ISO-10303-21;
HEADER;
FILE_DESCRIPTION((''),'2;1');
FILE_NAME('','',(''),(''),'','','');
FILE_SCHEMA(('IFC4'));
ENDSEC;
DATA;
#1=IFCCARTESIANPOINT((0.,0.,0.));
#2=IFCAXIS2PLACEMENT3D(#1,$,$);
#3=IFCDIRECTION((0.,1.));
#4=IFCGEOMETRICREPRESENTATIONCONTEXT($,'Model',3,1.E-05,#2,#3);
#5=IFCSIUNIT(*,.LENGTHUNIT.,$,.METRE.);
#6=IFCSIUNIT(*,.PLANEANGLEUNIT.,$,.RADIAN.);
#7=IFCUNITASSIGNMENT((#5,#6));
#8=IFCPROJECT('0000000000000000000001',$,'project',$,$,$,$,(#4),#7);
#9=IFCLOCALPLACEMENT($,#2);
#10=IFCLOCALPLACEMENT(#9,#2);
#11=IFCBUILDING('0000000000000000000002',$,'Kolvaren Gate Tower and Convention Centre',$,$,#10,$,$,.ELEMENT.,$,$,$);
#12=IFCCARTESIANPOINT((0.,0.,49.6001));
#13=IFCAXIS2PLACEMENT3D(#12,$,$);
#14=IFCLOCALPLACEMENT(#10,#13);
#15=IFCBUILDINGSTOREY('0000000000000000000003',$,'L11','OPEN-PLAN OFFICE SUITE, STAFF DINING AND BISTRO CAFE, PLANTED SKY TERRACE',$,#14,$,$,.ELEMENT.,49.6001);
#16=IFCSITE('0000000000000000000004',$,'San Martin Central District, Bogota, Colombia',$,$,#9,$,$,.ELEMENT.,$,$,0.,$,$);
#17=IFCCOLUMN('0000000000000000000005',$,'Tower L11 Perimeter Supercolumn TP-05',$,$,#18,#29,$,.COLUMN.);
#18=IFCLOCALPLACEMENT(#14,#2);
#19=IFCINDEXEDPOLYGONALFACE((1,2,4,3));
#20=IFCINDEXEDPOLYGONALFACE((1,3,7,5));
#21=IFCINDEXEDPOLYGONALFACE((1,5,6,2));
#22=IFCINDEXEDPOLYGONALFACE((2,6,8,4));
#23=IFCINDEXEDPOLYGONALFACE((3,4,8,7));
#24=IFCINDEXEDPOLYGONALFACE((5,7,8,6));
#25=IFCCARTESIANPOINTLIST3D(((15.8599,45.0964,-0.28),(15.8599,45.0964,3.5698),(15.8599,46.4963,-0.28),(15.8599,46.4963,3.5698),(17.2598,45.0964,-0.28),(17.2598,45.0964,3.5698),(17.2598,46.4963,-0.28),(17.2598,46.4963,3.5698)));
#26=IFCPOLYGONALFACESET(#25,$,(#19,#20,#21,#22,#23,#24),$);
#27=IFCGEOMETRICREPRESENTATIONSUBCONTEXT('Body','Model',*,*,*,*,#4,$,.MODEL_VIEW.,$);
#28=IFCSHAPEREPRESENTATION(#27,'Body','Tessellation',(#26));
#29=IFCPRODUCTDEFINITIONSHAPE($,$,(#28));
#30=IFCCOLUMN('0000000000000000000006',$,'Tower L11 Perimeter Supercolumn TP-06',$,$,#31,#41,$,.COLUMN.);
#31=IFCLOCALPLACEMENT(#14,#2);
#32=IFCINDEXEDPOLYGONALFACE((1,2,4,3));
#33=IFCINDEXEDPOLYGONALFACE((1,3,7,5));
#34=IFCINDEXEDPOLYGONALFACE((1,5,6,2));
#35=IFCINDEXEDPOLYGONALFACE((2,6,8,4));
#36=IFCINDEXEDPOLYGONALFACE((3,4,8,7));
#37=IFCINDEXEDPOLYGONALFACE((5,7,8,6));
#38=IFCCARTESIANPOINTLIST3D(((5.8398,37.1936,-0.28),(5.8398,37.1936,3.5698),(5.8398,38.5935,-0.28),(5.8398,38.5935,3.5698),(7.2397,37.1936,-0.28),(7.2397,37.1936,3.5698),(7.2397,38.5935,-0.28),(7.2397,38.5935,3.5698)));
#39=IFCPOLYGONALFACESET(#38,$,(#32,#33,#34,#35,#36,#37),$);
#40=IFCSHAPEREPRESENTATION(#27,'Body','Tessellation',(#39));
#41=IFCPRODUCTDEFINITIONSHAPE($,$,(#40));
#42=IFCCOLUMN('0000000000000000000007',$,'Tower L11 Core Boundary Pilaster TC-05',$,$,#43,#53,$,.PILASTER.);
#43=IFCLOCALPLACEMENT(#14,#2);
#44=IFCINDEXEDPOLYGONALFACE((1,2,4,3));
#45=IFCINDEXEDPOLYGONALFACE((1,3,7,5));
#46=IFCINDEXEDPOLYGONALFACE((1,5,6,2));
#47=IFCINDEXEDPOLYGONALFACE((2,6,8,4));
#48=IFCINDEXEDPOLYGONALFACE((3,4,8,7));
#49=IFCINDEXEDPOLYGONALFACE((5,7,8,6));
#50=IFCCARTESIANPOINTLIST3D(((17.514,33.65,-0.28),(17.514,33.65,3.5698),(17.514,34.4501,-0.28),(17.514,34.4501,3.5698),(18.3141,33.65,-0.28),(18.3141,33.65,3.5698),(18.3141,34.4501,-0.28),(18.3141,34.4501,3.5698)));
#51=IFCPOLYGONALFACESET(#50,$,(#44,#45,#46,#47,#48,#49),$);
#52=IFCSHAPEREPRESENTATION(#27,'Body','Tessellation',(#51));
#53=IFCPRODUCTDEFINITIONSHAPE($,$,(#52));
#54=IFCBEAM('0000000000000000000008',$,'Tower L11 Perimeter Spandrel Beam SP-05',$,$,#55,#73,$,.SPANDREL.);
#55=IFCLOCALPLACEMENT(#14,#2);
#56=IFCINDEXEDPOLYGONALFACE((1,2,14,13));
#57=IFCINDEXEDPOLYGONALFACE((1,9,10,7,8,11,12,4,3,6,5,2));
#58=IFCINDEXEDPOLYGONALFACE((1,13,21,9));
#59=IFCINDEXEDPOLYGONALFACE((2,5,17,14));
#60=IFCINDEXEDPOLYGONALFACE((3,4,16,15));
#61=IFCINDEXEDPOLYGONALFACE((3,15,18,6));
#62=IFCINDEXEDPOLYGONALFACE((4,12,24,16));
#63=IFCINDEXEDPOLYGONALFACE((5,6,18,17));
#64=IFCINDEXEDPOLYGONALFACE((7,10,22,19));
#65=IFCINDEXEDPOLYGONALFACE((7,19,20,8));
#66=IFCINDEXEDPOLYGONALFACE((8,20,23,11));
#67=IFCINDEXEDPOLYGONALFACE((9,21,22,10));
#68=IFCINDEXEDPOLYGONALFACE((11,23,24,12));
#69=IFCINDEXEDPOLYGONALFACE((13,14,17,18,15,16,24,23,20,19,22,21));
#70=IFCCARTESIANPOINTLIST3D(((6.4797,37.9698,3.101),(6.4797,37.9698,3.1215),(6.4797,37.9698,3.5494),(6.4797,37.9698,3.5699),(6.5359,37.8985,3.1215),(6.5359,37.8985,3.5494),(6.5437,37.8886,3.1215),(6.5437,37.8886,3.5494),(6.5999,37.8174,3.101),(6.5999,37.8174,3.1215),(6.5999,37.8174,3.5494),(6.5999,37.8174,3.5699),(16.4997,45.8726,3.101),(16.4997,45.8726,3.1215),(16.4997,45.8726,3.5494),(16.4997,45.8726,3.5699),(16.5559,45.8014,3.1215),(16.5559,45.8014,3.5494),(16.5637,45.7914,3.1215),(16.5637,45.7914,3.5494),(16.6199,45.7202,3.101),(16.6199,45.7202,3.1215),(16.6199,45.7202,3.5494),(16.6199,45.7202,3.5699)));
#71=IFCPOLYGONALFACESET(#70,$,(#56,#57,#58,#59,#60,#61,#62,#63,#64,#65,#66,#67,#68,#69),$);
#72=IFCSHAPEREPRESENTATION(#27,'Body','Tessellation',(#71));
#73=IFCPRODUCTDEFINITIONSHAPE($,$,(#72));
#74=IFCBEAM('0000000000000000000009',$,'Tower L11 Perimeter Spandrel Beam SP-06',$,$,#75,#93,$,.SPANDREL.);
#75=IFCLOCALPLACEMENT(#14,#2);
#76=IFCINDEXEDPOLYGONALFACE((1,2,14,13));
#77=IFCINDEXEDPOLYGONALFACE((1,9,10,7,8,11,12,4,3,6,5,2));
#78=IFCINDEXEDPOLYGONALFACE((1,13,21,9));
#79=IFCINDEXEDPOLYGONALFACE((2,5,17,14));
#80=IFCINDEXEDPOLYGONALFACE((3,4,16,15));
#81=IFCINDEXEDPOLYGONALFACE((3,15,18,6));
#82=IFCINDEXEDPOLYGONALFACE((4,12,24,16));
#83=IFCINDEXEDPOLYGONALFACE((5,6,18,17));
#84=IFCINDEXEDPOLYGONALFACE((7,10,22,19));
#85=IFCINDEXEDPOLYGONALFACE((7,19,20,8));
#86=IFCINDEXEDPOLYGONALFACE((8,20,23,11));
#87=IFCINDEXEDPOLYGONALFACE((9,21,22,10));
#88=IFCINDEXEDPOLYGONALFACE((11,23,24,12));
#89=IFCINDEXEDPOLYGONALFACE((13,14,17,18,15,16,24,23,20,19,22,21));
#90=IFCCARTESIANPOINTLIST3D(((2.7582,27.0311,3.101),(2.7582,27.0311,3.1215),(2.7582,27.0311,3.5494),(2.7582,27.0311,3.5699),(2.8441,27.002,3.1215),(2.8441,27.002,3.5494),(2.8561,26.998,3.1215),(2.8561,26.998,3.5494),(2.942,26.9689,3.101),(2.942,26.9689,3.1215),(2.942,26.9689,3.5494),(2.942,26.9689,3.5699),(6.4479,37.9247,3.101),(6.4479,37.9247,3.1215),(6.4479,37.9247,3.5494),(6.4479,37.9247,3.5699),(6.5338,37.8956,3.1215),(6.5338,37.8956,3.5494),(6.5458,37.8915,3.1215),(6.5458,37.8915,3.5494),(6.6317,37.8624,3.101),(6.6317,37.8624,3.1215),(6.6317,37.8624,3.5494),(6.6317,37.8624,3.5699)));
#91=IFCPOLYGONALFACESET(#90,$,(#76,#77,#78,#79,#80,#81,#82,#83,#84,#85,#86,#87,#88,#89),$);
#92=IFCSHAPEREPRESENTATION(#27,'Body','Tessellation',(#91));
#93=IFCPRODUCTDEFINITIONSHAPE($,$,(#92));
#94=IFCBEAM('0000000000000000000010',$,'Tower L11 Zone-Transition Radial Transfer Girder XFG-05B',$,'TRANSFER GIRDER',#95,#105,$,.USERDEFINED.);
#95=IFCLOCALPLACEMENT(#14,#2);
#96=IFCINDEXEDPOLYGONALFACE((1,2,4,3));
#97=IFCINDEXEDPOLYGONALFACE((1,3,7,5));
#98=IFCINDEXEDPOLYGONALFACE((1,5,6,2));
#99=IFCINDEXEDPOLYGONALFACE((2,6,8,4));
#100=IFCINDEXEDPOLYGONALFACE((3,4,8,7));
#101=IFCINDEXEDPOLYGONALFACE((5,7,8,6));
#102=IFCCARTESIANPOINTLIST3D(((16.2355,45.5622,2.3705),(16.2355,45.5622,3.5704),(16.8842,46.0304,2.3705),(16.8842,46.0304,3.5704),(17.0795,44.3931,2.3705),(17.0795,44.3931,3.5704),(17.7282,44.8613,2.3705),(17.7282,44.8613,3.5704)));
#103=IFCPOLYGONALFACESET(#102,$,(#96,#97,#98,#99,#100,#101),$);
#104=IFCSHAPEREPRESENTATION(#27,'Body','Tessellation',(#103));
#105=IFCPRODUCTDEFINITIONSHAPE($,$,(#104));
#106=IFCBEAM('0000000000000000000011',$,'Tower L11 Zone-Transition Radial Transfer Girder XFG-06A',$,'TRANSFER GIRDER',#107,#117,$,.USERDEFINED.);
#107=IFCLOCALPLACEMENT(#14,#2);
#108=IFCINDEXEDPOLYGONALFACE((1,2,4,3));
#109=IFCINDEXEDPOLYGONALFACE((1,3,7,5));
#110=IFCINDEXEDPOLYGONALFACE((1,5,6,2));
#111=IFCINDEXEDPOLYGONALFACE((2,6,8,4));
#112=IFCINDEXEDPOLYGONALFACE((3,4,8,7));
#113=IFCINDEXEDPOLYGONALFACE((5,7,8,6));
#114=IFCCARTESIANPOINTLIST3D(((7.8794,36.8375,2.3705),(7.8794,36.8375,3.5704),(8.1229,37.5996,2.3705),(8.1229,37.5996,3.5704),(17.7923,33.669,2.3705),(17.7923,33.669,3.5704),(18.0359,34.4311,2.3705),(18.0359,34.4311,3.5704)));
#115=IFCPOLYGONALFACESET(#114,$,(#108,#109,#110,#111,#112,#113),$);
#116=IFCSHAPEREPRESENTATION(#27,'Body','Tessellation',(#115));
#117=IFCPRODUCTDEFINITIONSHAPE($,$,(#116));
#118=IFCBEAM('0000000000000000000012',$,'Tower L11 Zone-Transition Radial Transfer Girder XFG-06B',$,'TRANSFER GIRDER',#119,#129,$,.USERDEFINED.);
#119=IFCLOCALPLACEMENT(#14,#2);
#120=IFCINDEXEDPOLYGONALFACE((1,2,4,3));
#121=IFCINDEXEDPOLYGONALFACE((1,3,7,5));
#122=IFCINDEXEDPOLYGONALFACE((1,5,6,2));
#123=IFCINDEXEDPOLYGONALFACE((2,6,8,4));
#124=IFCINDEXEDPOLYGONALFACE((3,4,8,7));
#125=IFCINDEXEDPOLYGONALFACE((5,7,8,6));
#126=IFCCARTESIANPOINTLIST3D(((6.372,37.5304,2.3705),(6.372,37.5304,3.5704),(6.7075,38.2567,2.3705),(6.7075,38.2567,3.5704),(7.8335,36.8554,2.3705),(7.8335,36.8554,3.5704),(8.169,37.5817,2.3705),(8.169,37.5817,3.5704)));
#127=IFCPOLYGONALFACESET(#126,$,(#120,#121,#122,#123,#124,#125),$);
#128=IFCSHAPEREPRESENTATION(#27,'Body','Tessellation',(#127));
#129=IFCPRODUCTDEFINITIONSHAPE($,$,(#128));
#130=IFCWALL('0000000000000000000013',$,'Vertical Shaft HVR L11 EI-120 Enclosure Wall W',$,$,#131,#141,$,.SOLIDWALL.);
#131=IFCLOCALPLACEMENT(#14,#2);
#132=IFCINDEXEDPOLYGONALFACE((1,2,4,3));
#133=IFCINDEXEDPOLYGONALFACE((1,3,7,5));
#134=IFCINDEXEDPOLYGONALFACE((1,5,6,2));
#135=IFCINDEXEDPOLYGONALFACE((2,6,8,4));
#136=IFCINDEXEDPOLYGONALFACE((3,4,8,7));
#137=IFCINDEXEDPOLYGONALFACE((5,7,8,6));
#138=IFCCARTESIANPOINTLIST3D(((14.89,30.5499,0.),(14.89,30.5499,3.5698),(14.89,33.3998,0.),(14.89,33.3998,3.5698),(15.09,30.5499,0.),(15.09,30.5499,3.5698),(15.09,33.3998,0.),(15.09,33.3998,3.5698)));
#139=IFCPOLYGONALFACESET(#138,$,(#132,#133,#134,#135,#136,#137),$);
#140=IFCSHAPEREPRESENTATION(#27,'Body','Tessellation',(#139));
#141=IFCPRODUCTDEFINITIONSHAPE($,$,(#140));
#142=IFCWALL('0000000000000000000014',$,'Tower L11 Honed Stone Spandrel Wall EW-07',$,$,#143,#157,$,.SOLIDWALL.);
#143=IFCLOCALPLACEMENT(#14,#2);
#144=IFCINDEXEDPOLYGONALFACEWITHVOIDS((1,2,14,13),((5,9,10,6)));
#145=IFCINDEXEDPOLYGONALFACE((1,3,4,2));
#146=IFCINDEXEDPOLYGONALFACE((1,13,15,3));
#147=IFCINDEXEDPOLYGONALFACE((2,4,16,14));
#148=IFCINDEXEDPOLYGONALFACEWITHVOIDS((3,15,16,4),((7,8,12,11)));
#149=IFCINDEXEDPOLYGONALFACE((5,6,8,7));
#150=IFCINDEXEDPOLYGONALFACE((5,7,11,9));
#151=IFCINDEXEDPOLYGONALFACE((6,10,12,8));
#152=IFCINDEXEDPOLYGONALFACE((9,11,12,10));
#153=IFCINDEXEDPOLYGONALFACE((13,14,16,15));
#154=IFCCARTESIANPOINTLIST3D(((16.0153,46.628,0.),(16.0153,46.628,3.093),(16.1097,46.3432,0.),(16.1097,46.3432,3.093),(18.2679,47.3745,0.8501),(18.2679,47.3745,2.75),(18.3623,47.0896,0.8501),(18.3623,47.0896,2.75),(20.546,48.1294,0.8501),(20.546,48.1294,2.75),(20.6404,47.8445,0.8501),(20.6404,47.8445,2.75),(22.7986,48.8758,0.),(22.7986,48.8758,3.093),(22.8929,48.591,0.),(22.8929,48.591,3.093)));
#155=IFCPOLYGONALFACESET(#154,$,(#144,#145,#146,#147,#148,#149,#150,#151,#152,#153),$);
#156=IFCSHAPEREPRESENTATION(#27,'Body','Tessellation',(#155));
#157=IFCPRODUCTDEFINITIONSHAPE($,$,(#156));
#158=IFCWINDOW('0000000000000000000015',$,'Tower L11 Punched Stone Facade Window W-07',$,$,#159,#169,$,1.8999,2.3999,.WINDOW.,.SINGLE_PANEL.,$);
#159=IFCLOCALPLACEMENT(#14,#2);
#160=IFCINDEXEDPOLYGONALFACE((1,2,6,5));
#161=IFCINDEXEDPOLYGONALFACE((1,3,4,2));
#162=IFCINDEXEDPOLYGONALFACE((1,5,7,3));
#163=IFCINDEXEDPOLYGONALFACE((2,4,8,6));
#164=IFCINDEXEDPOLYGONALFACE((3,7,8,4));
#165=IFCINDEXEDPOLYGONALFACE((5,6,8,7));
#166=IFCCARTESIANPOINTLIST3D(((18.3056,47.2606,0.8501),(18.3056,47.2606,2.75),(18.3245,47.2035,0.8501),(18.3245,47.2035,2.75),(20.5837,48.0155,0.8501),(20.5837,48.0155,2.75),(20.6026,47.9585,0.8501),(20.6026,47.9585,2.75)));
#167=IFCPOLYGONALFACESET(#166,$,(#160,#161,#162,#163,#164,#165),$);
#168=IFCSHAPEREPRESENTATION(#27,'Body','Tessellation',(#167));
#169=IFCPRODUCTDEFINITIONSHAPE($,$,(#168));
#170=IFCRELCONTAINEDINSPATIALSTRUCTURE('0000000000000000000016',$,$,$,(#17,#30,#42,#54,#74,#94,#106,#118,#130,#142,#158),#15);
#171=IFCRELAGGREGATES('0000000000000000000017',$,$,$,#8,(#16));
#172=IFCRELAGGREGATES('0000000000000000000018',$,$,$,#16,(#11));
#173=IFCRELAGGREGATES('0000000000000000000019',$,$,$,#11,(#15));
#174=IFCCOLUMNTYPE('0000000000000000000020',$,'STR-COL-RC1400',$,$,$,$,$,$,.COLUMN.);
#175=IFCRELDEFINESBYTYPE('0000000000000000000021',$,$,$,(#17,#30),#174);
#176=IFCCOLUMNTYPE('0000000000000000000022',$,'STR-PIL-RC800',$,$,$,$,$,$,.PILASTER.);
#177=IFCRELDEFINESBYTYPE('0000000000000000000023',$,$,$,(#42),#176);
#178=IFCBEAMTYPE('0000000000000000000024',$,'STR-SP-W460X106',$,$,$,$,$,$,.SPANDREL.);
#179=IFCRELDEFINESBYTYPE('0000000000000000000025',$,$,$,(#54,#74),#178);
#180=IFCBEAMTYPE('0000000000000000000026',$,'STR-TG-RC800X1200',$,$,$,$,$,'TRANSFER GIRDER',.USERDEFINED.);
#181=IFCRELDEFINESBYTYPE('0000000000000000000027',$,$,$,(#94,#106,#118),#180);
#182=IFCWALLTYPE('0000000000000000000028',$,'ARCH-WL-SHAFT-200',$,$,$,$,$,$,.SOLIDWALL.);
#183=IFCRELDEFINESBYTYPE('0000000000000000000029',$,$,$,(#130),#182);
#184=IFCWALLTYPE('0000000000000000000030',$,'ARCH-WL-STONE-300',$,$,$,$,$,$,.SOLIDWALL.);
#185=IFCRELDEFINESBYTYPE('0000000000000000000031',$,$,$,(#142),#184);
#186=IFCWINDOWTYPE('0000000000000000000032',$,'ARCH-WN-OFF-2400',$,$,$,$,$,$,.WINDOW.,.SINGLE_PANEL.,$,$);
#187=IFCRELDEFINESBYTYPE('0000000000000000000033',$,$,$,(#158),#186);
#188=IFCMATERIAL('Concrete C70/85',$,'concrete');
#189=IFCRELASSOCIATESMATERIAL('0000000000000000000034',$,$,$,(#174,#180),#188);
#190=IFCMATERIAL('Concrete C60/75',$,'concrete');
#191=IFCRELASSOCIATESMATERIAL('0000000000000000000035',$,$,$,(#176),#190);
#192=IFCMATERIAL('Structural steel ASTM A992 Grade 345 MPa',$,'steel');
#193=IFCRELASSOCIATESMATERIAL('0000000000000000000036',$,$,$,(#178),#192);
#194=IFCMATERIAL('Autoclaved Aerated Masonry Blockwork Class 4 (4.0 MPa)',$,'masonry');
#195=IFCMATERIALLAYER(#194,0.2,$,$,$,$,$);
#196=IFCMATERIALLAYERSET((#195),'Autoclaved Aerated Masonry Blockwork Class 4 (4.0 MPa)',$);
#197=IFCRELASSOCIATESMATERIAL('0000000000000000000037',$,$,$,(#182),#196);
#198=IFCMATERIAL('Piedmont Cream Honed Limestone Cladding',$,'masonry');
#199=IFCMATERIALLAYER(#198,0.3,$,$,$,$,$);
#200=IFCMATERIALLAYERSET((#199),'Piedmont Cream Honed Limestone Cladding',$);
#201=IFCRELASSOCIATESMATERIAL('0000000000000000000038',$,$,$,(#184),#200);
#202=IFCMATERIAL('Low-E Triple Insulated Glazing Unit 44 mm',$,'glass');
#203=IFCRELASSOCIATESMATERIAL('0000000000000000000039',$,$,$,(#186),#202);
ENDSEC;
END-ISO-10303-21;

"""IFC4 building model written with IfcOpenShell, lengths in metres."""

from ifc_helpers import new_model, si_unit, direction, frame, frame_2d, origin, origin_2d, place, context, subcontext, project, spatial, rectangle, i_section, extrude, material, layer, layer_set, material_profile, profile_set, type_object, element, fill, save


model = new_model("IFC4")

# Units and contexts
model_context = context("Model", 3, precision=1e-05, world=origin(), true_north=direction((0.0, 1.0)))
body_context = subcontext(model_context, "Body", "Model", "MODEL_VIEW")
ifc_project = project(units=[si_unit("LENGTHUNIT", "METRE"), si_unit("PLANEANGLEUNIT", "RADIAN")], contexts=[model_context])

# Site, building, storey
site_placement = place(None, origin())
site = spatial("IfcSite", under=ifc_project, at=site_placement, Name="San Martin Central District, Bogota, Colombia", CompositionType="ELEMENT", RefElevation=0.0)
building_placement = place(site_placement, origin())
building = spatial("IfcBuilding", under=site, at=building_placement, Name="Kolvaren Gate Tower and Convention Centre", CompositionType="ELEMENT")
storey_placement = place(building_placement, frame((0.0, 0.0, 49.6001)))
storey = spatial("IfcBuildingStorey", under=building, at=storey_placement, Name="L11", Description="OPEN-PLAN OFFICE SUITE, STAFF DINING AND BISTRO CAFE, PLANTED SKY TERRACE", CompositionType="ELEMENT", Elevation=49.6001)

# Columns
ifc_material_1 = material(Name="Concrete C70/85", Category="concrete")
ifc_material_profile_1 = material_profile(ifc_material_1, rectangle(XDim=1.3999, YDim=1.3999, at=origin_2d()), Name="RC-COL-1400X1400")
ifc_profile_set_1 = profile_set([ifc_material_profile_1], Name="Concrete C70/85")
column_type_1 = type_object("IfcColumnType", Name="STR-COL-RC1400", PredefinedType="COLUMN", material=ifc_profile_set_1)
for number, where, z_axis, x_axis, name in (
    (1, (16.5598, 45.7964, -0.28), (0.0, 0.0, 1.0), (1.0, 0.0, 0.0), "Tower L11 Perimeter Supercolumn TP-05"),
    (2, (6.5398, 37.8936, -0.28), (0.0, 0.0, 1.0), (1.0, 0.0, 0.0), "Tower L11 Perimeter Supercolumn TP-06"),
):
    element("IfcColumn", number, at=place(storey_placement, frame(where, z_axis=z_axis, x_axis=x_axis)), inside=storey, type_object=column_type_1, Name=name, PredefinedType="COLUMN", context=body_context, shape_type="SweptSolid", body=[
        extrude(rectangle(XDim=1.3999, YDim=1.3999, at=origin_2d()), origin(), (0.0, 0.0, 1.0), 3.8499),
    ])
ifc_material_2 = material(Name="Concrete C60/75", Category="concrete")
ifc_material_profile_2 = material_profile(ifc_material_2, rectangle(XDim=0.8, YDim=0.8, at=origin_2d()), Name="RC-COL-800X800")
ifc_profile_set_2 = profile_set([ifc_material_profile_2], Name="Concrete C60/75")
column_type_2 = type_object("IfcColumnType", Name="STR-PIL-RC800", PredefinedType="PILASTER", material=ifc_profile_set_2)
column_placement = place(storey_placement, frame((17.9141, 34.05, -0.28), z_axis=(0.0, 0.0, 1.0), x_axis=(1.0, 0.0, 0.0)))
element("IfcColumn", 3, at=column_placement, inside=storey, type_object=column_type_2, Name="Tower L11 Core Boundary Pilaster TC-05", PredefinedType="PILASTER", context=body_context, shape_type="SweptSolid", body=[
    extrude(rectangle(XDim=0.8, YDim=0.8, at=origin_2d()), origin(), (0.0, 0.0, 1.0), 3.8499),
])

# Beams
ifc_material_3 = material(Name="Structural steel ASTM A992 Grade 345 MPa", Category="steel")
ifc_material_profile_3 = material_profile(ifc_material_3, i_section(OverallWidth=0.1941, OverallDepth=0.469, WebThickness=0.0127, FlangeThickness=0.0205, at=origin_2d()), Name="W460X106")
ifc_profile_set_3 = profile_set([ifc_material_profile_3], Name="Structural steel ASTM A992 Grade 345 MPa")
beam_type_1 = type_object("IfcBeamType", Name="STR-SP-W460X106", PredefinedType="SPANDREL", material=ifc_profile_set_3)
beam_1_placement = place(storey_placement, frame((16.5598, 45.7964, 3.3354), z_axis=(-0.785176, -0.619272, 0.0), x_axis=(0.619272, -0.785176, 0.0)))
element("IfcBeam", 4, at=beam_1_placement, inside=storey, type_object=beam_type_1, Name="Tower L11 Perimeter Spandrel Beam SP-05", PredefinedType="SPANDREL", context=body_context, shape_type="SweptSolid", body=[
    extrude(i_section(OverallWidth=0.1941, OverallDepth=0.469, WebThickness=0.0127, FlangeThickness=0.0205, at=origin_2d()), origin(), (0.0, 0.0, 1.0), 12.7615),
])
beam_2_placement = place(storey_placement, frame((6.5398, 37.8936, 3.3354), z_axis=(-0.320803, -0.947146, 0.0), x_axis=(0.947146, -0.320803, 0.0)))
element("IfcBeam", 5, at=beam_2_placement, inside=storey, type_object=beam_type_1, Name="Tower L11 Perimeter Spandrel Beam SP-06", PredefinedType="SPANDREL", context=body_context, shape_type="SweptSolid", body=[
    extrude(i_section(OverallWidth=0.1941, OverallDepth=0.469, WebThickness=0.0127, FlangeThickness=0.0205, at=origin_2d()), origin(), (0.0, 0.0, 1.0), 11.5015),
])
ifc_material_profile_4 = material_profile(ifc_material_1, rectangle(XDim=0.8, YDim=1.2, at=origin_2d()), Name="RC-BM-800X1200")
ifc_profile_set_4 = profile_set([ifc_material_profile_4], Name="Concrete C70/85")
beam_type_2 = type_object("IfcBeamType", Name="STR-TG-RC800X1200", ElementType="TRANSFER GIRDER", PredefinedType="USERDEFINED", material=ifc_profile_set_4)
beam_3_placement = place(storey_placement, frame((17.4038, 44.6272, 2.9705), z_axis=(-0.585299, 0.810818, 0.0), x_axis=(-0.810818, -0.585299, 0.0)))
element("IfcBeam", 6, at=beam_3_placement, inside=storey, type_object=beam_type_2, Name="Tower L11 Zone-Transition Radial Transfer Girder XFG-05B", ObjectType="TRANSFER GIRDER", PredefinedType="USERDEFINED", context=body_context, shape_type="SweptSolid", body=[
    extrude(rectangle(XDim=0.8, YDim=1.2, at=origin_2d()), origin(), (0.0, 0.0, 1.0), 1.4419),
])
beam_4_placement = place(storey_placement, frame((17.9141, 34.05, 2.9705), z_axis=(-0.952526, 0.304457, 0.0), x_axis=(-0.304457, -0.952526, 0.0)))
element("IfcBeam", 7, at=beam_4_placement, inside=storey, type_object=beam_type_2, Name="Tower L11 Zone-Transition Radial Transfer Girder XFG-06A", ObjectType="TRANSFER GIRDER", PredefinedType="USERDEFINED", context=body_context, shape_type="SweptSolid", body=[
    extrude(rectangle(XDim=0.8, YDim=1.2, at=origin_2d()), origin(), (0.0, 0.0, 1.0), 10.407),
])
beam_5_placement = place(storey_placement, frame((8.0012, 37.2185, 2.9705), z_axis=(-0.907831, 0.419337, 0.0), x_axis=(-0.419337, -0.907831, 0.0)))
element("IfcBeam", 8, at=beam_5_placement, inside=storey, type_object=beam_type_2, Name="Tower L11 Zone-Transition Radial Transfer Girder XFG-06B", ObjectType="TRANSFER GIRDER", PredefinedType="USERDEFINED", context=body_context, shape_type="SweptSolid", body=[
    extrude(rectangle(XDim=0.8, YDim=1.2, at=origin_2d()), origin(), (0.0, 0.0, 1.0), 1.6099),
])

# Wall
ifc_material_4 = material(Name="Autoclaved Aerated Masonry Blockwork Class 4 (4.0 MPa)", Category="masonry")
ifc_layer_1 = layer(ifc_material_4, 0.2)
ifc_layer_set_1 = layer_set([ifc_layer_1], Name="Autoclaved Aerated Masonry Blockwork Class 4 (4.0 MPa)")
wall_type_1 = type_object("IfcWallType", Name="ARCH-WL-SHAFT-200", PredefinedType="SOLIDWALL", material=ifc_layer_set_1)
wall_1_placement = place(storey_placement, frame((14.99, 30.55, 0.0), z_axis=(0.0, 0.0, 1.0), x_axis=(0.0, 1.0, 0.0)))
element("IfcWall", 9, at=wall_1_placement, inside=storey, type_object=wall_type_1, Name="Vertical Shaft HVR L11 EI-120 Enclosure Wall W", PredefinedType="SOLIDWALL", context=body_context, shape_type="SweptSolid", body=[
    extrude(rectangle(XDim=2.8499, YDim=0.2, at=frame_2d((1.4248, 0.0))), origin(), (0.0, 0.0, 1.0), 3.5698),
])

# Wall, opening, window
ifc_material_5 = material(Name="Piedmont Cream Honed Limestone Cladding", Category="masonry")
ifc_layer_2 = layer(ifc_material_5, 0.3)
ifc_layer_set_2 = layer_set([ifc_layer_2], Name="Piedmont Cream Honed Limestone Cladding")
wall_type_2 = type_object("IfcWallType", Name="ARCH-WL-STONE-300", PredefinedType="SOLIDWALL", material=ifc_layer_set_2)
wall_2_placement = place(storey_placement, frame((16.0625, 46.4856, 0.0), z_axis=(0.0, 0.0, 1.0), x_axis=(0.949239, 0.314557, 0.0)))
wall_2 = element("IfcWall", 10, at=wall_2_placement, inside=storey, type_object=wall_type_2, Name="Tower L11 Honed Stone Spandrel Wall EW-07", PredefinedType="SOLIDWALL", context=body_context, shape_type="SweptSolid", body=[
    extrude(rectangle(XDim=7.146, YDim=0.3, at=frame_2d((3.573, 0.0))), origin(), (0.0, 0.0, 1.0), 3.093),
])
opening_1_placement = place(wall_2_placement, frame((2.373, 0.0, 0.8501)))
opening_1 = element("IfcOpeningElement", 11, at=opening_1_placement, cuts=wall_2, PredefinedType="OPENING", context=body_context, shape_type="SweptSolid", body=[
    extrude(rectangle(XDim=2.3999, YDim=1.8999, at=frame_2d((1.2, 0.95))), frame((0.0, 0.1599, 0.0), z_axis=(0.0, -1.0, 0.0), x_axis=(1.0, 0.0, 0.0)), (0.0, 0.0, 1.0), 0.3201),
])
ifc_material_6 = material(Name="Low-E Triple Insulated Glazing Unit 44 mm", Category="glass")
window_type = type_object("IfcWindowType", Name="ARCH-WN-OFF-2400", PartitioningType="SINGLE_PANEL", PredefinedType="WINDOW", material=ifc_material_6)
window_1_placement = place(opening_1_placement, origin())
window_1 = element("IfcWindow", 12, at=window_1_placement, inside=storey, type_object=window_type, Name="Tower L11 Punched Stone Facade Window W-07", OverallHeight=1.8999, OverallWidth=2.3999, PartitioningType="SINGLE_PANEL", PredefinedType="WINDOW", context=body_context, shape_type="SweptSolid", body=[
    extrude(rectangle(XDim=2.3999, YDim=1.8999, at=frame_2d((1.2, 0.95))), frame((0.0, 0.03, 0.0), z_axis=(0.0, -1.0, 0.0), x_axis=(1.0, 0.0, 0.0)), (0.0, 0.0, 1.0), 0.0601),
])
fill(opening_1, window_1)

save(model, "model.ifc")
